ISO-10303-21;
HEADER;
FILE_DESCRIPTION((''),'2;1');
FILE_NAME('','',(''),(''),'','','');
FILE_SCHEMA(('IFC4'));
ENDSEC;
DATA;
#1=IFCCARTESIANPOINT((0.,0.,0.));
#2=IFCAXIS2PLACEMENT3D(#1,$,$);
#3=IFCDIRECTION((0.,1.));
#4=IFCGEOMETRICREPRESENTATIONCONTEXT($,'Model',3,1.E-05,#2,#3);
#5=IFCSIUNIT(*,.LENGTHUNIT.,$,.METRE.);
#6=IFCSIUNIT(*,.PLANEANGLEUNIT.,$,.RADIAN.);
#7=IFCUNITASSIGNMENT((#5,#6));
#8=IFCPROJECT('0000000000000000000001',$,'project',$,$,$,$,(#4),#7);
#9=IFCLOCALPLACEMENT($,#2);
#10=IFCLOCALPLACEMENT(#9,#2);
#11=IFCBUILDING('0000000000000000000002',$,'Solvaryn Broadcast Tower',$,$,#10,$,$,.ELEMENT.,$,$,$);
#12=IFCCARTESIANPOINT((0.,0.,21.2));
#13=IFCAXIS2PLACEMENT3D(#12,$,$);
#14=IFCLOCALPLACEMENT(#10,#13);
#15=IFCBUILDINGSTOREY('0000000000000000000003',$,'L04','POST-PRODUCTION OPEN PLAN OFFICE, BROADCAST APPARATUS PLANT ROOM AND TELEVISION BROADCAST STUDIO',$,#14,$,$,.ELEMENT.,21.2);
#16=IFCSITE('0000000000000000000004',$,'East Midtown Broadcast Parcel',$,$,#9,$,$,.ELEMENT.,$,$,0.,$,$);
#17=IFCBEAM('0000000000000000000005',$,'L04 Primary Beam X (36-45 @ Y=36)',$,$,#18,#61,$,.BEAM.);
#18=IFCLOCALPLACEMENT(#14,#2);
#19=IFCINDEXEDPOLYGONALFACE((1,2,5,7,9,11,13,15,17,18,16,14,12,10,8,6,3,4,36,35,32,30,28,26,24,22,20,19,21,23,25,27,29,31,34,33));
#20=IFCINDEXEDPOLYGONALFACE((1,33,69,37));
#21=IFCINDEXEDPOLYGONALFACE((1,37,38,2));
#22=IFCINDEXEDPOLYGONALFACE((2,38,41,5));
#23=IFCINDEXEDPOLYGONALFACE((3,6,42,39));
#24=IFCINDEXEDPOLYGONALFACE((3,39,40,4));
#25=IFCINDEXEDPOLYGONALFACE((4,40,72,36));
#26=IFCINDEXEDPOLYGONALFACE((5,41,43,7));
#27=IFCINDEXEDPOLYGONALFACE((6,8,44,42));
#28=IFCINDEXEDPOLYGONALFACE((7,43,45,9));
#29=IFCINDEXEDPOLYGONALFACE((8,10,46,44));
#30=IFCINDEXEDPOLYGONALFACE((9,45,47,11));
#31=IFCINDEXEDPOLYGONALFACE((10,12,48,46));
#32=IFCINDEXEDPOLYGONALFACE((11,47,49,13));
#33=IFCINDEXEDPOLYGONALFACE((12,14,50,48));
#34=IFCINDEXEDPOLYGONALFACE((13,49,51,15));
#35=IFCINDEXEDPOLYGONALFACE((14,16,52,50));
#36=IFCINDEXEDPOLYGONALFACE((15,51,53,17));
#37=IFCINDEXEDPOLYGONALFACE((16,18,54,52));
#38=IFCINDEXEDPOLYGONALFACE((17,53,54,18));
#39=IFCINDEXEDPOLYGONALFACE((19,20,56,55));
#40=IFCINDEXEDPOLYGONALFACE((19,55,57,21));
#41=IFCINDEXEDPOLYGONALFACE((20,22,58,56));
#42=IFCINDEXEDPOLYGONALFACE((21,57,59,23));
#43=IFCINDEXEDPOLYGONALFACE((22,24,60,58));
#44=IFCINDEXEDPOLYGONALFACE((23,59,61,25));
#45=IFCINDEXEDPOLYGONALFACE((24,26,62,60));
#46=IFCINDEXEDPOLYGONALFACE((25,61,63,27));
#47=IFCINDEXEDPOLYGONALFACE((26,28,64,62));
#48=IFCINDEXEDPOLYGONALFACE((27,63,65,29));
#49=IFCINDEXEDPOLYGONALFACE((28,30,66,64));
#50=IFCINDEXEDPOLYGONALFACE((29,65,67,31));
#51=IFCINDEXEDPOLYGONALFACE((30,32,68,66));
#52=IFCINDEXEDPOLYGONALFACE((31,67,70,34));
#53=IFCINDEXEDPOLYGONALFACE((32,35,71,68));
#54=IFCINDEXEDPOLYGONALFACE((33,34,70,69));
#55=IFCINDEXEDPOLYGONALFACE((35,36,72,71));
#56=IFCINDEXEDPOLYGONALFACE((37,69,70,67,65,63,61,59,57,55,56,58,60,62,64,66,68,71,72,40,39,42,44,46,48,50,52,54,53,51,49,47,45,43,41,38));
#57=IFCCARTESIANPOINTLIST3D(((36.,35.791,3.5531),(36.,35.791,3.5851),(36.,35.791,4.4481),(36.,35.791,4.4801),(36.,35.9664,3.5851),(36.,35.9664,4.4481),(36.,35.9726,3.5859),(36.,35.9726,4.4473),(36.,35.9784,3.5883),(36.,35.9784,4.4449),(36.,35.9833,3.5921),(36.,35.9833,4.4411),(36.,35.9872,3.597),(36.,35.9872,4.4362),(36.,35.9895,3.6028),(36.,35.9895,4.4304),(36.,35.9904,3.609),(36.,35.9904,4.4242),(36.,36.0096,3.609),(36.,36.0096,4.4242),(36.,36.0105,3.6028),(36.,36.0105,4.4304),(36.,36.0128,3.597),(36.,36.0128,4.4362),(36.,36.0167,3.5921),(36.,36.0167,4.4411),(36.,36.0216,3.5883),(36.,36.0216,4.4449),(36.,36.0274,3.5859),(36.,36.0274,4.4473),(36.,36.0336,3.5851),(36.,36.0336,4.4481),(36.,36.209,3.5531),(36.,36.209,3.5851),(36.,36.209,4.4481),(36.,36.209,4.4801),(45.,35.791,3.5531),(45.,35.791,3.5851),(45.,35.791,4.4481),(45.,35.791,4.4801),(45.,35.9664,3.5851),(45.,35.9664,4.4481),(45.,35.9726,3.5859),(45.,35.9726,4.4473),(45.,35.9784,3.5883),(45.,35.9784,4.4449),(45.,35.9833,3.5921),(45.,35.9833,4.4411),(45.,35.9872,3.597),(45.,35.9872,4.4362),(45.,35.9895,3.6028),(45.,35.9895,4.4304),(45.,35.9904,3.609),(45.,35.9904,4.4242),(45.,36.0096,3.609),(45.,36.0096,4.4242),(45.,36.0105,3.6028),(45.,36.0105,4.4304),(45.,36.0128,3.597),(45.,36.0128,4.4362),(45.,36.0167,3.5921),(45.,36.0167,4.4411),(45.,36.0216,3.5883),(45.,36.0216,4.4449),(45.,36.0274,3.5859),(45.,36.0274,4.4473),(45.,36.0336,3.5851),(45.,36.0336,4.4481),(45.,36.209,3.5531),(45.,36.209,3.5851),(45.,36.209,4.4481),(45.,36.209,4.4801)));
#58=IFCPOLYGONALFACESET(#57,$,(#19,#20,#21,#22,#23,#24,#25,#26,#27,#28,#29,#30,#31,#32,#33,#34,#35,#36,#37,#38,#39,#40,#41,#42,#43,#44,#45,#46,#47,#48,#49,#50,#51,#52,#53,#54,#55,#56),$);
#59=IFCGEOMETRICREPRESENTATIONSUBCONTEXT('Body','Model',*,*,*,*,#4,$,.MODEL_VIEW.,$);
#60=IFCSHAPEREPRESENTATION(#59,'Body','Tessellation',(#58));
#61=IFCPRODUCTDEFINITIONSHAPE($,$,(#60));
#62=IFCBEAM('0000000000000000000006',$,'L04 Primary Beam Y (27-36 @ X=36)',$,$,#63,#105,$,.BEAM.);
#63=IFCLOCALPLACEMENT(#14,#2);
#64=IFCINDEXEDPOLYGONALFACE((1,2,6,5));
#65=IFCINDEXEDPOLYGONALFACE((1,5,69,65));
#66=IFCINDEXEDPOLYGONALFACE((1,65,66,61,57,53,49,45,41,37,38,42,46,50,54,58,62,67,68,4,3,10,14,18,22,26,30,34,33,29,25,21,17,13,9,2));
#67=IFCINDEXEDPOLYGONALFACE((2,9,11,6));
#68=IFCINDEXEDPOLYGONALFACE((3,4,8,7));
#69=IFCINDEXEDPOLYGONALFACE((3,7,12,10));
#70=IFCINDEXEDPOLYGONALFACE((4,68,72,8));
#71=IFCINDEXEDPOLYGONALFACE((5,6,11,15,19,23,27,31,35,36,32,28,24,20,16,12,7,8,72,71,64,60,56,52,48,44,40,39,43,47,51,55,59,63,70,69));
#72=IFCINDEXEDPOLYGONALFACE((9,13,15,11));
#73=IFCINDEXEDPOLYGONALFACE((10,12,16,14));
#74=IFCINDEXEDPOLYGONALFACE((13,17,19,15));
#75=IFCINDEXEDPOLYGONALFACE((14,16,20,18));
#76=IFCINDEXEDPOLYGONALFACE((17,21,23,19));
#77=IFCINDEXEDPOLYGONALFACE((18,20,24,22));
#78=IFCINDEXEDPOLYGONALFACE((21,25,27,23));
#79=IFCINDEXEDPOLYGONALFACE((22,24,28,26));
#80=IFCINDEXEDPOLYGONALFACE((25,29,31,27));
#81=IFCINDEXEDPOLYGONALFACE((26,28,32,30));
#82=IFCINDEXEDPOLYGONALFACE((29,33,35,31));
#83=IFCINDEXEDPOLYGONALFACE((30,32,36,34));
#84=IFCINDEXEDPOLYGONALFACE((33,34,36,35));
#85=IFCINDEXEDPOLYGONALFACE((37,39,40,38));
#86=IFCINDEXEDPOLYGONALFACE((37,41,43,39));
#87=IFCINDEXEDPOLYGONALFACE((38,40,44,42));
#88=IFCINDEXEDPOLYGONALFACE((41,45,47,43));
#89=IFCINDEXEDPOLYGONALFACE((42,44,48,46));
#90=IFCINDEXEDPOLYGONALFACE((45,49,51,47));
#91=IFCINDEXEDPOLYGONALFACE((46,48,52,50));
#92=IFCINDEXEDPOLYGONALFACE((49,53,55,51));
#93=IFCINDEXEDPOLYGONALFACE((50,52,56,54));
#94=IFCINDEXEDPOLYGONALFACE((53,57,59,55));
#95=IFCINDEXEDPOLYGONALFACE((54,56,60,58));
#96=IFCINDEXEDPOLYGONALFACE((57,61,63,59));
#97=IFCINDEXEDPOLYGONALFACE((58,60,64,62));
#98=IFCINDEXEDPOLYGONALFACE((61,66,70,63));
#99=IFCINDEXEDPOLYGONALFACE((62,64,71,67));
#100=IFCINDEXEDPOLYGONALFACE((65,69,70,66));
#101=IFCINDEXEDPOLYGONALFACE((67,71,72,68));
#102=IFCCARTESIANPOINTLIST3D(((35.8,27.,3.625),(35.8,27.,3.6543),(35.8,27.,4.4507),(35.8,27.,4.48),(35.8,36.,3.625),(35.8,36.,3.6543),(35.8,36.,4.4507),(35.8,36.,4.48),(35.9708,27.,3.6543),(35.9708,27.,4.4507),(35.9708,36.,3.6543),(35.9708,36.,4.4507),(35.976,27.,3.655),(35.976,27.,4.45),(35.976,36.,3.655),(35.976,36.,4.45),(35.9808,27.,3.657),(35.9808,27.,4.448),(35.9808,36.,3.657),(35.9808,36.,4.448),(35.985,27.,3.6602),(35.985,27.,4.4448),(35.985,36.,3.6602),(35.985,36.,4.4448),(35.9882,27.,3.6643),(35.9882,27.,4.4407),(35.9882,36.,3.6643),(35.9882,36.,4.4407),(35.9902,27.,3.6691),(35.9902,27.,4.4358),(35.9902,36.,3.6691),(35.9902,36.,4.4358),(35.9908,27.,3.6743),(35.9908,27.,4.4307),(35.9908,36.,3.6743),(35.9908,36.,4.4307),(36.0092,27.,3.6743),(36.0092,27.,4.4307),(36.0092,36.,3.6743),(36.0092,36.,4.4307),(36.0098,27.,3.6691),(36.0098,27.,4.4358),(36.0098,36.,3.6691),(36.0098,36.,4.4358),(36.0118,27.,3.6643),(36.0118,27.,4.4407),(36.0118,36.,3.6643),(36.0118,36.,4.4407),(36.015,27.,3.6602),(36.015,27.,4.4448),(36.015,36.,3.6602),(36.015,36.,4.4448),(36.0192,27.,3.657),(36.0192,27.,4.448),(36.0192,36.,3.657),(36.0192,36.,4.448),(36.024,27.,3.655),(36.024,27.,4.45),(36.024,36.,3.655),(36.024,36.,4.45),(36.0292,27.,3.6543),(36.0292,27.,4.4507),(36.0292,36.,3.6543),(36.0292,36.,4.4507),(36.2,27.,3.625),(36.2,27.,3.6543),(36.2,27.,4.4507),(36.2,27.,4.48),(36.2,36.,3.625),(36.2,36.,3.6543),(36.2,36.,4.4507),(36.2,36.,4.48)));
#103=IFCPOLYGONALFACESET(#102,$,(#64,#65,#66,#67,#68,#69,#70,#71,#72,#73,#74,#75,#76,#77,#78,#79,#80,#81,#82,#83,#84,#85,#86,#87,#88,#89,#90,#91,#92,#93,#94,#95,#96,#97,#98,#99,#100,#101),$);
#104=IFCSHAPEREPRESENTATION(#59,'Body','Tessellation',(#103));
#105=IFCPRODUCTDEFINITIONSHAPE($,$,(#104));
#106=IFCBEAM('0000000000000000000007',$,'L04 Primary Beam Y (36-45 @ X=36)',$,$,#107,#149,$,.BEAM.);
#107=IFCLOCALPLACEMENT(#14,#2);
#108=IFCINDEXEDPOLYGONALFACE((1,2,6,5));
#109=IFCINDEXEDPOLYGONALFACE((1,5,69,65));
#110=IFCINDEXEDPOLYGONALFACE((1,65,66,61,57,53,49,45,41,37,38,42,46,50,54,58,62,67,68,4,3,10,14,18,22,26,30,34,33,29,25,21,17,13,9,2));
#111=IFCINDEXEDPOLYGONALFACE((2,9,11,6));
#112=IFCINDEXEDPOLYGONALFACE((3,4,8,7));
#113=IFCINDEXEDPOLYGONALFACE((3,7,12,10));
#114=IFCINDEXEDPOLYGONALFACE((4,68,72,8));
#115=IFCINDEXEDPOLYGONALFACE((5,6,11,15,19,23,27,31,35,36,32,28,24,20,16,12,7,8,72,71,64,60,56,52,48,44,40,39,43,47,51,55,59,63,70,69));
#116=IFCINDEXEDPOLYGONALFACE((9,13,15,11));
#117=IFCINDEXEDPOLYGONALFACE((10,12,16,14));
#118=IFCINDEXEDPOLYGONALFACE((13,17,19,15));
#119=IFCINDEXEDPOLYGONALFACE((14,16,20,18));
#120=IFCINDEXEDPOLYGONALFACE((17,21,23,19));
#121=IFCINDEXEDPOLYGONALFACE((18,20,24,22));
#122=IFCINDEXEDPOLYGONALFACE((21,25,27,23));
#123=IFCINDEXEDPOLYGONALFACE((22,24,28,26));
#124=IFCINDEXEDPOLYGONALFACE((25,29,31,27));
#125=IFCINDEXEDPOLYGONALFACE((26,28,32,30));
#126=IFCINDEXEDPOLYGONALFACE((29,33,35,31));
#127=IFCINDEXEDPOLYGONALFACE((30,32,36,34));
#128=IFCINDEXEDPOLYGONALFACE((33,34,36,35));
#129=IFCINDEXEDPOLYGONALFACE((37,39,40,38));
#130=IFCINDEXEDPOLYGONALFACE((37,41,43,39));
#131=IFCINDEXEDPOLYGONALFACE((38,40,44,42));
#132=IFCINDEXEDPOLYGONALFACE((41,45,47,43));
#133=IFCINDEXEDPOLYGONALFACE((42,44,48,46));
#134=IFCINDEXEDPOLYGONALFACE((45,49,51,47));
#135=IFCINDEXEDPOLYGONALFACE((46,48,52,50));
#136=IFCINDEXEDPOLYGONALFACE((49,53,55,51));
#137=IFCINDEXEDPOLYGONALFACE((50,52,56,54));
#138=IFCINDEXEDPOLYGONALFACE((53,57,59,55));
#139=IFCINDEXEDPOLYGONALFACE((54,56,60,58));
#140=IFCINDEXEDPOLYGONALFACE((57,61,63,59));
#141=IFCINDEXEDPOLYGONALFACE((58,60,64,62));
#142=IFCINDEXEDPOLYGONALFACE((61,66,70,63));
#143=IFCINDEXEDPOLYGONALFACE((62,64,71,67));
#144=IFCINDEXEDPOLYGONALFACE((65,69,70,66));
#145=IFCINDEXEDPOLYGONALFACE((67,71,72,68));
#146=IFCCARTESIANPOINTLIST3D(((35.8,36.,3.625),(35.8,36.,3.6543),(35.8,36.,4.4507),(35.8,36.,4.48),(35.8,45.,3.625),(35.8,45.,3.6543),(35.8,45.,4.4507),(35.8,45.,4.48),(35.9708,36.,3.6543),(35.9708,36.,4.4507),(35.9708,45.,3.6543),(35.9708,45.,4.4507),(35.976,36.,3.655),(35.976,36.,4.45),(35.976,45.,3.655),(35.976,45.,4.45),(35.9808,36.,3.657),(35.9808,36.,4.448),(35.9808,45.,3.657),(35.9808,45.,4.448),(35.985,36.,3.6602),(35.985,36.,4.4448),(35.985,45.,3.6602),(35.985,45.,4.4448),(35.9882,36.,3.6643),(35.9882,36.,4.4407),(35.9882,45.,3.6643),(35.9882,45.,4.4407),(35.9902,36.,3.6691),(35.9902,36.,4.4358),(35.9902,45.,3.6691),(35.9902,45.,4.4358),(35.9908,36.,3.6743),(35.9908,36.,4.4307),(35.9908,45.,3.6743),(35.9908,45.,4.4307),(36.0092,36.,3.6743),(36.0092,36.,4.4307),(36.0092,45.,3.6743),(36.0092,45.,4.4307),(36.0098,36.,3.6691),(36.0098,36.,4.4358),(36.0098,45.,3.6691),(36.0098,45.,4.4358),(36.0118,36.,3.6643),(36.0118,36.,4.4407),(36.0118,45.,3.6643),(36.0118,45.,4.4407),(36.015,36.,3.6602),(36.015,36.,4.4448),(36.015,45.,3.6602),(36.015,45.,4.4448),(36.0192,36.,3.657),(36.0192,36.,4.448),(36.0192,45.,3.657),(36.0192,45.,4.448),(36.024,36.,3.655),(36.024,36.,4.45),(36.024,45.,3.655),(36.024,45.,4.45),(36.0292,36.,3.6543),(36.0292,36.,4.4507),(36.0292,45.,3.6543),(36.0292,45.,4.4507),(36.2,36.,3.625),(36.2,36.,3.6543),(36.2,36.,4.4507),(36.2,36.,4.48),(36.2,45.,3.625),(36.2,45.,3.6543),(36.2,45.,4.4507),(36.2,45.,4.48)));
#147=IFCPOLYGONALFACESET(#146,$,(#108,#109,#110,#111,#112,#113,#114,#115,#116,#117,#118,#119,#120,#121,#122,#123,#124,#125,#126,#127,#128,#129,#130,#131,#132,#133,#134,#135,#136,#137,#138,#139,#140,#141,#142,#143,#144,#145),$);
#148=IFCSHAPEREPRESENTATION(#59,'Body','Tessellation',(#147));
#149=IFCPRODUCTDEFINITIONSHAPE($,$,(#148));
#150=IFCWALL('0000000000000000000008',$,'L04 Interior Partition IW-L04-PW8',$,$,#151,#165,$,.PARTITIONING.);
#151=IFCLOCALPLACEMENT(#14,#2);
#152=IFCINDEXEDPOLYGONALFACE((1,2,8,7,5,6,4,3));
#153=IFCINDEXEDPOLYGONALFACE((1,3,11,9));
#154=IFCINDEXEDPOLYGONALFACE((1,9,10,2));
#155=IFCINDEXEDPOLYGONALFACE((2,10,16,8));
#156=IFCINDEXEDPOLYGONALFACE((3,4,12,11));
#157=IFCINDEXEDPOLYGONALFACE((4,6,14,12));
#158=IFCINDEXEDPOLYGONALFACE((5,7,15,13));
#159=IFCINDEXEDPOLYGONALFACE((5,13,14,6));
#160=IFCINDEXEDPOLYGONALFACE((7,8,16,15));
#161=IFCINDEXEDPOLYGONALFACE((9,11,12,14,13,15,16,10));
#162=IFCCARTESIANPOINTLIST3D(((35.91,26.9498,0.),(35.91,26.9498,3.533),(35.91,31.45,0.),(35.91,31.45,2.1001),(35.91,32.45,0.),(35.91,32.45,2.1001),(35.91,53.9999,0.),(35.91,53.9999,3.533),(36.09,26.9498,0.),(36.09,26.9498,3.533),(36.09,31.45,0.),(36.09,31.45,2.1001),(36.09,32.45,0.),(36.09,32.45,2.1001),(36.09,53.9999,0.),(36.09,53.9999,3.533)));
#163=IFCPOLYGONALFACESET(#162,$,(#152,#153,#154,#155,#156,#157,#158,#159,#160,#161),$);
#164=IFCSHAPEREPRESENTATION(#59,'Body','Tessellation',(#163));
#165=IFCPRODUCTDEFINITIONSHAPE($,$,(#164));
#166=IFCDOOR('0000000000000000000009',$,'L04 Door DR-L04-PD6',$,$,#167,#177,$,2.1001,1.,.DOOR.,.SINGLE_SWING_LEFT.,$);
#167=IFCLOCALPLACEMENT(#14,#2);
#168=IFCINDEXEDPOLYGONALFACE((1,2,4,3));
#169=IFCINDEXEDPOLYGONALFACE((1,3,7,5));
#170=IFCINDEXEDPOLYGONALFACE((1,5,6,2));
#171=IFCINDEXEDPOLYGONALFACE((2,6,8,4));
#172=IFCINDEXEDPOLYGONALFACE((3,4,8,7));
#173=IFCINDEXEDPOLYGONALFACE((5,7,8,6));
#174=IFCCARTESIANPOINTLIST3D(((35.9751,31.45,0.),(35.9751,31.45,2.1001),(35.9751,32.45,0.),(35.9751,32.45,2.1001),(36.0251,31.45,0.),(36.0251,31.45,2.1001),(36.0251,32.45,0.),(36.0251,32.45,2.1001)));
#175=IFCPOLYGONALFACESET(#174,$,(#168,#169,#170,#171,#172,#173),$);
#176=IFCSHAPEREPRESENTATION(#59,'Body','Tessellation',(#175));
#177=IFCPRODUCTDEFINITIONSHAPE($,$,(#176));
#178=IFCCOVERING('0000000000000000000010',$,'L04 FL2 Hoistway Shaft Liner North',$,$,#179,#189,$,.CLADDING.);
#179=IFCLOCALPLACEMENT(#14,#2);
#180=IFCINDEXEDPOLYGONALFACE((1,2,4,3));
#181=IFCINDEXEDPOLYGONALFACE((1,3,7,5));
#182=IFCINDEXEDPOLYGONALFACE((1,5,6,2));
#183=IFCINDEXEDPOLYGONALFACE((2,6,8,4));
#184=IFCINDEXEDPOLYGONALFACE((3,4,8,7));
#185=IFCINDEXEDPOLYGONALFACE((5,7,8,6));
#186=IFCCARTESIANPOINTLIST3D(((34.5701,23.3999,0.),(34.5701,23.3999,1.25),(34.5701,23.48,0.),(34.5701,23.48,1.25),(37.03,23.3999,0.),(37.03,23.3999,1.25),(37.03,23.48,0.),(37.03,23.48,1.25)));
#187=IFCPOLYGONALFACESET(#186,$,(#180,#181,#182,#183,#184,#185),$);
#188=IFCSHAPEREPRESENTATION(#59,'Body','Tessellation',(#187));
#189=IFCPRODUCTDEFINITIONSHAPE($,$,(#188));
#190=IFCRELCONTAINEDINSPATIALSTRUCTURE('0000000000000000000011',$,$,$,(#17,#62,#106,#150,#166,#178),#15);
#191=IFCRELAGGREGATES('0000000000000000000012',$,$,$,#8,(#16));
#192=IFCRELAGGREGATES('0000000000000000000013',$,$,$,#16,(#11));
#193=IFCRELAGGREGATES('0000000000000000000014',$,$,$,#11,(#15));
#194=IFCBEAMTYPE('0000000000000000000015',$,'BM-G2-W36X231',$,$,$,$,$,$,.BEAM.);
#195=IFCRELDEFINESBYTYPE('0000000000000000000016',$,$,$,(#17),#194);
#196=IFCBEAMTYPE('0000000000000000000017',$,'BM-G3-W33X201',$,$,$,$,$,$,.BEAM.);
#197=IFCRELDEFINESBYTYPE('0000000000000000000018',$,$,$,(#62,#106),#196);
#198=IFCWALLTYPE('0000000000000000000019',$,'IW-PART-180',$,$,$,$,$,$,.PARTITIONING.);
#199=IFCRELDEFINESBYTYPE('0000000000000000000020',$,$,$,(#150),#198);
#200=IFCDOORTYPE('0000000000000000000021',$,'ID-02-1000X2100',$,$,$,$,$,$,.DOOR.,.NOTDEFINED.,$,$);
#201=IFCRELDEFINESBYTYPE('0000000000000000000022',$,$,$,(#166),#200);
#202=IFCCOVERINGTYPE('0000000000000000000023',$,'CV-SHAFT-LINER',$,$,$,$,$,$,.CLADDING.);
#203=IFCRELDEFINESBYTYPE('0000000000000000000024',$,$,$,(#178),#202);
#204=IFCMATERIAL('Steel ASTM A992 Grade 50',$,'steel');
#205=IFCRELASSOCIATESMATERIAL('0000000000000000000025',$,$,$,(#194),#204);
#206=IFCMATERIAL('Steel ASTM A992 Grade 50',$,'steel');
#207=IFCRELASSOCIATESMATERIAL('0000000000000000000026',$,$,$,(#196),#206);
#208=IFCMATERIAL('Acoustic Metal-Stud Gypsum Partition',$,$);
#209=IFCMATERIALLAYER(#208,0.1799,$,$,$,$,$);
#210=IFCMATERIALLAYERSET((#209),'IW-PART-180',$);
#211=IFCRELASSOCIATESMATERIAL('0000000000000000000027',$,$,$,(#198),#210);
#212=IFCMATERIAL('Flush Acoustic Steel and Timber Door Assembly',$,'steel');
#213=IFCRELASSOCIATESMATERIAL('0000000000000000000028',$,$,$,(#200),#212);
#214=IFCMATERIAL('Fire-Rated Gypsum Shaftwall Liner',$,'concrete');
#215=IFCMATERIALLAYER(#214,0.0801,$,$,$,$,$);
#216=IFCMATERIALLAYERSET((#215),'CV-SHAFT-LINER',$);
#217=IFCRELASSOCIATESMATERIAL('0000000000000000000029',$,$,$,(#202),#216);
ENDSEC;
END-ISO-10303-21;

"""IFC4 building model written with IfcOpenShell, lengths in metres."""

from ifc_helpers import new_model, si_unit, direction, frame, frame_2d, origin, origin_2d, place, context, subcontext, project, spatial, rectangle, i_section, extrude, material, layer, layer_set, material_profile, profile_set, type_object, element, fill, save


model = new_model("IFC4")

# Units and contexts
model_context = context("Model", 3, precision=1e-05, world=origin(), true_north=direction((0.0, 1.0)))
body_context = subcontext(model_context, "Body", "Model", "MODEL_VIEW")
ifc_project = project(units=[si_unit("LENGTHUNIT", "METRE"), si_unit("PLANEANGLEUNIT", "RADIAN")], contexts=[model_context])

# Site, building, storey
site_placement = place(None, origin())
site = spatial("IfcSite", under=ifc_project, at=site_placement, Name="East Midtown Broadcast Parcel", CompositionType="ELEMENT", RefElevation=0.0)
building_placement = place(site_placement, origin())
building = spatial("IfcBuilding", under=site, at=building_placement, Name="Solvaryn Broadcast Tower", CompositionType="ELEMENT")
storey_placement = place(building_placement, frame((0.0, 0.0, 21.2)))
storey = spatial("IfcBuildingStorey", under=building, at=storey_placement, Name="L04", Description="POST-PRODUCTION OPEN PLAN OFFICE, BROADCAST APPARATUS PLANT ROOM AND TELEVISION BROADCAST STUDIO", CompositionType="ELEMENT", Elevation=21.2)

# Beams
ifc_material_1 = material(Name="Steel ASTM A992 Grade 50", Category="steel")
ifc_material_profile_1 = material_profile(ifc_material_1, i_section(OverallWidth=0.418, OverallDepth=0.927, WebThickness=0.0193, FlangeThickness=0.032, FilletRadius=0.0239, at=origin_2d()))
ifc_profile_set_1 = profile_set([ifc_material_profile_1], Name="Steel ASTM A992 Grade 50")
beam_type_1 = type_object("IfcBeamType", Name="BM-G2-W36X231", PredefinedType="BEAM", material=ifc_profile_set_1)
for number, where, z_axis, x_axis, name in (
    (1, (36.0, 36.0, 4.0166), (1.0, 0.0, 0.0), (0.0, 1.0, 0.0), "L04 Primary Beam X (36-45 @ Y=36)"),
):
    element("IfcBeam", number, at=place(storey_placement, frame(where, z_axis=z_axis, x_axis=x_axis)), inside=storey, type_object=beam_type_1, Name=name, PredefinedType="BEAM", context=body_context, shape_type="SweptSolid", body=[
        extrude(i_section(OverallWidth=0.418, OverallDepth=0.927, WebThickness=0.0193, FlangeThickness=0.032, FilletRadius=0.0239, at=origin_2d()), origin(), (0.0, 0.0, 1.0), 9.0),
    ])
ifc_material_2 = material(Name="Steel ASTM A992 Grade 50", Category="steel")
ifc_material_profile_2 = material_profile(ifc_material_2, i_section(OverallWidth=0.3999, OverallDepth=0.855, WebThickness=0.0183, FlangeThickness=0.0293, FilletRadius=0.02, at=origin_2d()))
ifc_profile_set_2 = profile_set([ifc_material_profile_2], Name="Steel ASTM A992 Grade 50")
beam_type_2 = type_object("IfcBeamType", Name="BM-G3-W33X201", PredefinedType="BEAM", material=ifc_profile_set_2)
for number, where, z_axis, x_axis, name in (
    (2, (36.0, 27.0, 4.0525), (0.0, 1.0, 0.0), (-1.0, 0.0, 0.0), "L04 Primary Beam Y (27-36 @ X=36)"),
    (3, (36.0, 36.0, 4.0525), (0.0, 1.0, 0.0), (-1.0, 0.0, 0.0), "L04 Primary Beam Y (36-45 @ X=36)"),
):
    element("IfcBeam", number, at=place(storey_placement, frame(where, z_axis=z_axis, x_axis=x_axis)), inside=storey, type_object=beam_type_2, Name=name, PredefinedType="BEAM", context=body_context, shape_type="SweptSolid", body=[
        extrude(i_section(OverallWidth=0.3999, OverallDepth=0.855, WebThickness=0.0183, FlangeThickness=0.0293, FilletRadius=0.02, at=origin_2d()), origin(), (0.0, 0.0, 1.0), 9.0),
    ])

# Wall, opening, door
ifc_material_3 = material(Name="Acoustic Metal-Stud Gypsum Partition")
ifc_layer_1 = layer(ifc_material_3, 0.1799)
ifc_layer_set_1 = layer_set([ifc_layer_1], Name="IW-PART-180")
wall_type_1 = type_object("IfcWallType", Name="IW-PART-180", PredefinedType="PARTITIONING", material=ifc_layer_set_1)
wall_1_placement = place(storey_placement, frame((36.0, 26.95, 0.0), z_axis=(0.0, 0.0, 1.0), x_axis=(0.0, 1.0, 0.0)))
wall_1 = element("IfcWall", 4, at=wall_1_placement, inside=storey, type_object=wall_type_1, Name="L04 Interior Partition IW-L04-PW8", PredefinedType="PARTITIONING", context=body_context, shape_type="SweptSolid", body=[
    extrude(rectangle(XDim=27.05, YDim=0.1799, at=frame_2d((13.5249, 0.0))), origin(), (0.0, 0.0, 1.0), 3.533),
])
opening_1_placement = place(wall_1_placement, frame((4.5, 0.0, 0.0)))
opening_1 = element("IfcOpeningElement", 5, at=opening_1_placement, cuts=wall_1, PredefinedType="OPENING", context=body_context, shape_type="SweptSolid", body=[
    extrude(rectangle(XDim=1.0, YDim=2.1001, at=frame_2d((0.5, 1.05))), frame((0.0, 0.0999, 0.0), z_axis=(0.0, -1.0, 0.0), x_axis=(1.0, 0.0, 0.0)), (0.0, 0.0, 1.0), 0.2),
])
ifc_material_4 = material(Name="Flush Acoustic Steel and Timber Door Assembly", Category="steel")
door_type_1 = type_object("IfcDoorType", Name="ID-02-1000X2100", OperationType="NOTDEFINED", PredefinedType="DOOR", material=ifc_material_4)
door_1_placement = place(opening_1_placement, origin())
door_1 = element("IfcDoor", 6, at=door_1_placement, inside=storey, type_object=door_type_1, Name="L04 Door DR-L04-PD6", OperationType="SINGLE_SWING_LEFT", OverallHeight=2.1001, OverallWidth=1.0, PredefinedType="DOOR", context=body_context, shape_type="SweptSolid", body=[
    extrude(rectangle(XDim=1.0, YDim=2.1001, at=frame_2d((0.5, 1.05))), frame((0.0, 0.0249, 0.0), z_axis=(0.0, -1.0, 0.0), x_axis=(1.0, 0.0, 0.0)), (0.0, 0.0, 1.0), 0.05),
])
fill(opening_1, door_1)

# Covering
ifc_material_5 = material(Name="Fire-Rated Gypsum Shaftwall Liner", Category="concrete")
ifc_layer_2 = layer(ifc_material_5, 0.0801)
ifc_layer_set_2 = layer_set([ifc_layer_2], Name="CV-SHAFT-LINER")
covering_type = type_object("IfcCoveringType", Name="CV-SHAFT-LINER", PredefinedType="CLADDING", material=ifc_layer_set_2)
for number, where, z_axis, x_axis, name in (
    (7, (35.8, 23.4399, 0.0), (0.0, 0.0, 1.0), (1.0, 0.0, 0.0), "L04 FL2 Hoistway Shaft Liner North"),
):
    element("IfcCovering", number, at=place(storey_placement, frame(where, z_axis=z_axis, x_axis=x_axis)), inside=storey, type_object=covering_type, Name=name, PredefinedType="CLADDING", context=body_context, shape_type="SweptSolid", body=[
        extrude(rectangle(XDim=2.46, YDim=0.0801, at=origin_2d()), origin(), (0.0, 0.0, 1.0), 1.25),
    ])

save(model, "model.ifc")
